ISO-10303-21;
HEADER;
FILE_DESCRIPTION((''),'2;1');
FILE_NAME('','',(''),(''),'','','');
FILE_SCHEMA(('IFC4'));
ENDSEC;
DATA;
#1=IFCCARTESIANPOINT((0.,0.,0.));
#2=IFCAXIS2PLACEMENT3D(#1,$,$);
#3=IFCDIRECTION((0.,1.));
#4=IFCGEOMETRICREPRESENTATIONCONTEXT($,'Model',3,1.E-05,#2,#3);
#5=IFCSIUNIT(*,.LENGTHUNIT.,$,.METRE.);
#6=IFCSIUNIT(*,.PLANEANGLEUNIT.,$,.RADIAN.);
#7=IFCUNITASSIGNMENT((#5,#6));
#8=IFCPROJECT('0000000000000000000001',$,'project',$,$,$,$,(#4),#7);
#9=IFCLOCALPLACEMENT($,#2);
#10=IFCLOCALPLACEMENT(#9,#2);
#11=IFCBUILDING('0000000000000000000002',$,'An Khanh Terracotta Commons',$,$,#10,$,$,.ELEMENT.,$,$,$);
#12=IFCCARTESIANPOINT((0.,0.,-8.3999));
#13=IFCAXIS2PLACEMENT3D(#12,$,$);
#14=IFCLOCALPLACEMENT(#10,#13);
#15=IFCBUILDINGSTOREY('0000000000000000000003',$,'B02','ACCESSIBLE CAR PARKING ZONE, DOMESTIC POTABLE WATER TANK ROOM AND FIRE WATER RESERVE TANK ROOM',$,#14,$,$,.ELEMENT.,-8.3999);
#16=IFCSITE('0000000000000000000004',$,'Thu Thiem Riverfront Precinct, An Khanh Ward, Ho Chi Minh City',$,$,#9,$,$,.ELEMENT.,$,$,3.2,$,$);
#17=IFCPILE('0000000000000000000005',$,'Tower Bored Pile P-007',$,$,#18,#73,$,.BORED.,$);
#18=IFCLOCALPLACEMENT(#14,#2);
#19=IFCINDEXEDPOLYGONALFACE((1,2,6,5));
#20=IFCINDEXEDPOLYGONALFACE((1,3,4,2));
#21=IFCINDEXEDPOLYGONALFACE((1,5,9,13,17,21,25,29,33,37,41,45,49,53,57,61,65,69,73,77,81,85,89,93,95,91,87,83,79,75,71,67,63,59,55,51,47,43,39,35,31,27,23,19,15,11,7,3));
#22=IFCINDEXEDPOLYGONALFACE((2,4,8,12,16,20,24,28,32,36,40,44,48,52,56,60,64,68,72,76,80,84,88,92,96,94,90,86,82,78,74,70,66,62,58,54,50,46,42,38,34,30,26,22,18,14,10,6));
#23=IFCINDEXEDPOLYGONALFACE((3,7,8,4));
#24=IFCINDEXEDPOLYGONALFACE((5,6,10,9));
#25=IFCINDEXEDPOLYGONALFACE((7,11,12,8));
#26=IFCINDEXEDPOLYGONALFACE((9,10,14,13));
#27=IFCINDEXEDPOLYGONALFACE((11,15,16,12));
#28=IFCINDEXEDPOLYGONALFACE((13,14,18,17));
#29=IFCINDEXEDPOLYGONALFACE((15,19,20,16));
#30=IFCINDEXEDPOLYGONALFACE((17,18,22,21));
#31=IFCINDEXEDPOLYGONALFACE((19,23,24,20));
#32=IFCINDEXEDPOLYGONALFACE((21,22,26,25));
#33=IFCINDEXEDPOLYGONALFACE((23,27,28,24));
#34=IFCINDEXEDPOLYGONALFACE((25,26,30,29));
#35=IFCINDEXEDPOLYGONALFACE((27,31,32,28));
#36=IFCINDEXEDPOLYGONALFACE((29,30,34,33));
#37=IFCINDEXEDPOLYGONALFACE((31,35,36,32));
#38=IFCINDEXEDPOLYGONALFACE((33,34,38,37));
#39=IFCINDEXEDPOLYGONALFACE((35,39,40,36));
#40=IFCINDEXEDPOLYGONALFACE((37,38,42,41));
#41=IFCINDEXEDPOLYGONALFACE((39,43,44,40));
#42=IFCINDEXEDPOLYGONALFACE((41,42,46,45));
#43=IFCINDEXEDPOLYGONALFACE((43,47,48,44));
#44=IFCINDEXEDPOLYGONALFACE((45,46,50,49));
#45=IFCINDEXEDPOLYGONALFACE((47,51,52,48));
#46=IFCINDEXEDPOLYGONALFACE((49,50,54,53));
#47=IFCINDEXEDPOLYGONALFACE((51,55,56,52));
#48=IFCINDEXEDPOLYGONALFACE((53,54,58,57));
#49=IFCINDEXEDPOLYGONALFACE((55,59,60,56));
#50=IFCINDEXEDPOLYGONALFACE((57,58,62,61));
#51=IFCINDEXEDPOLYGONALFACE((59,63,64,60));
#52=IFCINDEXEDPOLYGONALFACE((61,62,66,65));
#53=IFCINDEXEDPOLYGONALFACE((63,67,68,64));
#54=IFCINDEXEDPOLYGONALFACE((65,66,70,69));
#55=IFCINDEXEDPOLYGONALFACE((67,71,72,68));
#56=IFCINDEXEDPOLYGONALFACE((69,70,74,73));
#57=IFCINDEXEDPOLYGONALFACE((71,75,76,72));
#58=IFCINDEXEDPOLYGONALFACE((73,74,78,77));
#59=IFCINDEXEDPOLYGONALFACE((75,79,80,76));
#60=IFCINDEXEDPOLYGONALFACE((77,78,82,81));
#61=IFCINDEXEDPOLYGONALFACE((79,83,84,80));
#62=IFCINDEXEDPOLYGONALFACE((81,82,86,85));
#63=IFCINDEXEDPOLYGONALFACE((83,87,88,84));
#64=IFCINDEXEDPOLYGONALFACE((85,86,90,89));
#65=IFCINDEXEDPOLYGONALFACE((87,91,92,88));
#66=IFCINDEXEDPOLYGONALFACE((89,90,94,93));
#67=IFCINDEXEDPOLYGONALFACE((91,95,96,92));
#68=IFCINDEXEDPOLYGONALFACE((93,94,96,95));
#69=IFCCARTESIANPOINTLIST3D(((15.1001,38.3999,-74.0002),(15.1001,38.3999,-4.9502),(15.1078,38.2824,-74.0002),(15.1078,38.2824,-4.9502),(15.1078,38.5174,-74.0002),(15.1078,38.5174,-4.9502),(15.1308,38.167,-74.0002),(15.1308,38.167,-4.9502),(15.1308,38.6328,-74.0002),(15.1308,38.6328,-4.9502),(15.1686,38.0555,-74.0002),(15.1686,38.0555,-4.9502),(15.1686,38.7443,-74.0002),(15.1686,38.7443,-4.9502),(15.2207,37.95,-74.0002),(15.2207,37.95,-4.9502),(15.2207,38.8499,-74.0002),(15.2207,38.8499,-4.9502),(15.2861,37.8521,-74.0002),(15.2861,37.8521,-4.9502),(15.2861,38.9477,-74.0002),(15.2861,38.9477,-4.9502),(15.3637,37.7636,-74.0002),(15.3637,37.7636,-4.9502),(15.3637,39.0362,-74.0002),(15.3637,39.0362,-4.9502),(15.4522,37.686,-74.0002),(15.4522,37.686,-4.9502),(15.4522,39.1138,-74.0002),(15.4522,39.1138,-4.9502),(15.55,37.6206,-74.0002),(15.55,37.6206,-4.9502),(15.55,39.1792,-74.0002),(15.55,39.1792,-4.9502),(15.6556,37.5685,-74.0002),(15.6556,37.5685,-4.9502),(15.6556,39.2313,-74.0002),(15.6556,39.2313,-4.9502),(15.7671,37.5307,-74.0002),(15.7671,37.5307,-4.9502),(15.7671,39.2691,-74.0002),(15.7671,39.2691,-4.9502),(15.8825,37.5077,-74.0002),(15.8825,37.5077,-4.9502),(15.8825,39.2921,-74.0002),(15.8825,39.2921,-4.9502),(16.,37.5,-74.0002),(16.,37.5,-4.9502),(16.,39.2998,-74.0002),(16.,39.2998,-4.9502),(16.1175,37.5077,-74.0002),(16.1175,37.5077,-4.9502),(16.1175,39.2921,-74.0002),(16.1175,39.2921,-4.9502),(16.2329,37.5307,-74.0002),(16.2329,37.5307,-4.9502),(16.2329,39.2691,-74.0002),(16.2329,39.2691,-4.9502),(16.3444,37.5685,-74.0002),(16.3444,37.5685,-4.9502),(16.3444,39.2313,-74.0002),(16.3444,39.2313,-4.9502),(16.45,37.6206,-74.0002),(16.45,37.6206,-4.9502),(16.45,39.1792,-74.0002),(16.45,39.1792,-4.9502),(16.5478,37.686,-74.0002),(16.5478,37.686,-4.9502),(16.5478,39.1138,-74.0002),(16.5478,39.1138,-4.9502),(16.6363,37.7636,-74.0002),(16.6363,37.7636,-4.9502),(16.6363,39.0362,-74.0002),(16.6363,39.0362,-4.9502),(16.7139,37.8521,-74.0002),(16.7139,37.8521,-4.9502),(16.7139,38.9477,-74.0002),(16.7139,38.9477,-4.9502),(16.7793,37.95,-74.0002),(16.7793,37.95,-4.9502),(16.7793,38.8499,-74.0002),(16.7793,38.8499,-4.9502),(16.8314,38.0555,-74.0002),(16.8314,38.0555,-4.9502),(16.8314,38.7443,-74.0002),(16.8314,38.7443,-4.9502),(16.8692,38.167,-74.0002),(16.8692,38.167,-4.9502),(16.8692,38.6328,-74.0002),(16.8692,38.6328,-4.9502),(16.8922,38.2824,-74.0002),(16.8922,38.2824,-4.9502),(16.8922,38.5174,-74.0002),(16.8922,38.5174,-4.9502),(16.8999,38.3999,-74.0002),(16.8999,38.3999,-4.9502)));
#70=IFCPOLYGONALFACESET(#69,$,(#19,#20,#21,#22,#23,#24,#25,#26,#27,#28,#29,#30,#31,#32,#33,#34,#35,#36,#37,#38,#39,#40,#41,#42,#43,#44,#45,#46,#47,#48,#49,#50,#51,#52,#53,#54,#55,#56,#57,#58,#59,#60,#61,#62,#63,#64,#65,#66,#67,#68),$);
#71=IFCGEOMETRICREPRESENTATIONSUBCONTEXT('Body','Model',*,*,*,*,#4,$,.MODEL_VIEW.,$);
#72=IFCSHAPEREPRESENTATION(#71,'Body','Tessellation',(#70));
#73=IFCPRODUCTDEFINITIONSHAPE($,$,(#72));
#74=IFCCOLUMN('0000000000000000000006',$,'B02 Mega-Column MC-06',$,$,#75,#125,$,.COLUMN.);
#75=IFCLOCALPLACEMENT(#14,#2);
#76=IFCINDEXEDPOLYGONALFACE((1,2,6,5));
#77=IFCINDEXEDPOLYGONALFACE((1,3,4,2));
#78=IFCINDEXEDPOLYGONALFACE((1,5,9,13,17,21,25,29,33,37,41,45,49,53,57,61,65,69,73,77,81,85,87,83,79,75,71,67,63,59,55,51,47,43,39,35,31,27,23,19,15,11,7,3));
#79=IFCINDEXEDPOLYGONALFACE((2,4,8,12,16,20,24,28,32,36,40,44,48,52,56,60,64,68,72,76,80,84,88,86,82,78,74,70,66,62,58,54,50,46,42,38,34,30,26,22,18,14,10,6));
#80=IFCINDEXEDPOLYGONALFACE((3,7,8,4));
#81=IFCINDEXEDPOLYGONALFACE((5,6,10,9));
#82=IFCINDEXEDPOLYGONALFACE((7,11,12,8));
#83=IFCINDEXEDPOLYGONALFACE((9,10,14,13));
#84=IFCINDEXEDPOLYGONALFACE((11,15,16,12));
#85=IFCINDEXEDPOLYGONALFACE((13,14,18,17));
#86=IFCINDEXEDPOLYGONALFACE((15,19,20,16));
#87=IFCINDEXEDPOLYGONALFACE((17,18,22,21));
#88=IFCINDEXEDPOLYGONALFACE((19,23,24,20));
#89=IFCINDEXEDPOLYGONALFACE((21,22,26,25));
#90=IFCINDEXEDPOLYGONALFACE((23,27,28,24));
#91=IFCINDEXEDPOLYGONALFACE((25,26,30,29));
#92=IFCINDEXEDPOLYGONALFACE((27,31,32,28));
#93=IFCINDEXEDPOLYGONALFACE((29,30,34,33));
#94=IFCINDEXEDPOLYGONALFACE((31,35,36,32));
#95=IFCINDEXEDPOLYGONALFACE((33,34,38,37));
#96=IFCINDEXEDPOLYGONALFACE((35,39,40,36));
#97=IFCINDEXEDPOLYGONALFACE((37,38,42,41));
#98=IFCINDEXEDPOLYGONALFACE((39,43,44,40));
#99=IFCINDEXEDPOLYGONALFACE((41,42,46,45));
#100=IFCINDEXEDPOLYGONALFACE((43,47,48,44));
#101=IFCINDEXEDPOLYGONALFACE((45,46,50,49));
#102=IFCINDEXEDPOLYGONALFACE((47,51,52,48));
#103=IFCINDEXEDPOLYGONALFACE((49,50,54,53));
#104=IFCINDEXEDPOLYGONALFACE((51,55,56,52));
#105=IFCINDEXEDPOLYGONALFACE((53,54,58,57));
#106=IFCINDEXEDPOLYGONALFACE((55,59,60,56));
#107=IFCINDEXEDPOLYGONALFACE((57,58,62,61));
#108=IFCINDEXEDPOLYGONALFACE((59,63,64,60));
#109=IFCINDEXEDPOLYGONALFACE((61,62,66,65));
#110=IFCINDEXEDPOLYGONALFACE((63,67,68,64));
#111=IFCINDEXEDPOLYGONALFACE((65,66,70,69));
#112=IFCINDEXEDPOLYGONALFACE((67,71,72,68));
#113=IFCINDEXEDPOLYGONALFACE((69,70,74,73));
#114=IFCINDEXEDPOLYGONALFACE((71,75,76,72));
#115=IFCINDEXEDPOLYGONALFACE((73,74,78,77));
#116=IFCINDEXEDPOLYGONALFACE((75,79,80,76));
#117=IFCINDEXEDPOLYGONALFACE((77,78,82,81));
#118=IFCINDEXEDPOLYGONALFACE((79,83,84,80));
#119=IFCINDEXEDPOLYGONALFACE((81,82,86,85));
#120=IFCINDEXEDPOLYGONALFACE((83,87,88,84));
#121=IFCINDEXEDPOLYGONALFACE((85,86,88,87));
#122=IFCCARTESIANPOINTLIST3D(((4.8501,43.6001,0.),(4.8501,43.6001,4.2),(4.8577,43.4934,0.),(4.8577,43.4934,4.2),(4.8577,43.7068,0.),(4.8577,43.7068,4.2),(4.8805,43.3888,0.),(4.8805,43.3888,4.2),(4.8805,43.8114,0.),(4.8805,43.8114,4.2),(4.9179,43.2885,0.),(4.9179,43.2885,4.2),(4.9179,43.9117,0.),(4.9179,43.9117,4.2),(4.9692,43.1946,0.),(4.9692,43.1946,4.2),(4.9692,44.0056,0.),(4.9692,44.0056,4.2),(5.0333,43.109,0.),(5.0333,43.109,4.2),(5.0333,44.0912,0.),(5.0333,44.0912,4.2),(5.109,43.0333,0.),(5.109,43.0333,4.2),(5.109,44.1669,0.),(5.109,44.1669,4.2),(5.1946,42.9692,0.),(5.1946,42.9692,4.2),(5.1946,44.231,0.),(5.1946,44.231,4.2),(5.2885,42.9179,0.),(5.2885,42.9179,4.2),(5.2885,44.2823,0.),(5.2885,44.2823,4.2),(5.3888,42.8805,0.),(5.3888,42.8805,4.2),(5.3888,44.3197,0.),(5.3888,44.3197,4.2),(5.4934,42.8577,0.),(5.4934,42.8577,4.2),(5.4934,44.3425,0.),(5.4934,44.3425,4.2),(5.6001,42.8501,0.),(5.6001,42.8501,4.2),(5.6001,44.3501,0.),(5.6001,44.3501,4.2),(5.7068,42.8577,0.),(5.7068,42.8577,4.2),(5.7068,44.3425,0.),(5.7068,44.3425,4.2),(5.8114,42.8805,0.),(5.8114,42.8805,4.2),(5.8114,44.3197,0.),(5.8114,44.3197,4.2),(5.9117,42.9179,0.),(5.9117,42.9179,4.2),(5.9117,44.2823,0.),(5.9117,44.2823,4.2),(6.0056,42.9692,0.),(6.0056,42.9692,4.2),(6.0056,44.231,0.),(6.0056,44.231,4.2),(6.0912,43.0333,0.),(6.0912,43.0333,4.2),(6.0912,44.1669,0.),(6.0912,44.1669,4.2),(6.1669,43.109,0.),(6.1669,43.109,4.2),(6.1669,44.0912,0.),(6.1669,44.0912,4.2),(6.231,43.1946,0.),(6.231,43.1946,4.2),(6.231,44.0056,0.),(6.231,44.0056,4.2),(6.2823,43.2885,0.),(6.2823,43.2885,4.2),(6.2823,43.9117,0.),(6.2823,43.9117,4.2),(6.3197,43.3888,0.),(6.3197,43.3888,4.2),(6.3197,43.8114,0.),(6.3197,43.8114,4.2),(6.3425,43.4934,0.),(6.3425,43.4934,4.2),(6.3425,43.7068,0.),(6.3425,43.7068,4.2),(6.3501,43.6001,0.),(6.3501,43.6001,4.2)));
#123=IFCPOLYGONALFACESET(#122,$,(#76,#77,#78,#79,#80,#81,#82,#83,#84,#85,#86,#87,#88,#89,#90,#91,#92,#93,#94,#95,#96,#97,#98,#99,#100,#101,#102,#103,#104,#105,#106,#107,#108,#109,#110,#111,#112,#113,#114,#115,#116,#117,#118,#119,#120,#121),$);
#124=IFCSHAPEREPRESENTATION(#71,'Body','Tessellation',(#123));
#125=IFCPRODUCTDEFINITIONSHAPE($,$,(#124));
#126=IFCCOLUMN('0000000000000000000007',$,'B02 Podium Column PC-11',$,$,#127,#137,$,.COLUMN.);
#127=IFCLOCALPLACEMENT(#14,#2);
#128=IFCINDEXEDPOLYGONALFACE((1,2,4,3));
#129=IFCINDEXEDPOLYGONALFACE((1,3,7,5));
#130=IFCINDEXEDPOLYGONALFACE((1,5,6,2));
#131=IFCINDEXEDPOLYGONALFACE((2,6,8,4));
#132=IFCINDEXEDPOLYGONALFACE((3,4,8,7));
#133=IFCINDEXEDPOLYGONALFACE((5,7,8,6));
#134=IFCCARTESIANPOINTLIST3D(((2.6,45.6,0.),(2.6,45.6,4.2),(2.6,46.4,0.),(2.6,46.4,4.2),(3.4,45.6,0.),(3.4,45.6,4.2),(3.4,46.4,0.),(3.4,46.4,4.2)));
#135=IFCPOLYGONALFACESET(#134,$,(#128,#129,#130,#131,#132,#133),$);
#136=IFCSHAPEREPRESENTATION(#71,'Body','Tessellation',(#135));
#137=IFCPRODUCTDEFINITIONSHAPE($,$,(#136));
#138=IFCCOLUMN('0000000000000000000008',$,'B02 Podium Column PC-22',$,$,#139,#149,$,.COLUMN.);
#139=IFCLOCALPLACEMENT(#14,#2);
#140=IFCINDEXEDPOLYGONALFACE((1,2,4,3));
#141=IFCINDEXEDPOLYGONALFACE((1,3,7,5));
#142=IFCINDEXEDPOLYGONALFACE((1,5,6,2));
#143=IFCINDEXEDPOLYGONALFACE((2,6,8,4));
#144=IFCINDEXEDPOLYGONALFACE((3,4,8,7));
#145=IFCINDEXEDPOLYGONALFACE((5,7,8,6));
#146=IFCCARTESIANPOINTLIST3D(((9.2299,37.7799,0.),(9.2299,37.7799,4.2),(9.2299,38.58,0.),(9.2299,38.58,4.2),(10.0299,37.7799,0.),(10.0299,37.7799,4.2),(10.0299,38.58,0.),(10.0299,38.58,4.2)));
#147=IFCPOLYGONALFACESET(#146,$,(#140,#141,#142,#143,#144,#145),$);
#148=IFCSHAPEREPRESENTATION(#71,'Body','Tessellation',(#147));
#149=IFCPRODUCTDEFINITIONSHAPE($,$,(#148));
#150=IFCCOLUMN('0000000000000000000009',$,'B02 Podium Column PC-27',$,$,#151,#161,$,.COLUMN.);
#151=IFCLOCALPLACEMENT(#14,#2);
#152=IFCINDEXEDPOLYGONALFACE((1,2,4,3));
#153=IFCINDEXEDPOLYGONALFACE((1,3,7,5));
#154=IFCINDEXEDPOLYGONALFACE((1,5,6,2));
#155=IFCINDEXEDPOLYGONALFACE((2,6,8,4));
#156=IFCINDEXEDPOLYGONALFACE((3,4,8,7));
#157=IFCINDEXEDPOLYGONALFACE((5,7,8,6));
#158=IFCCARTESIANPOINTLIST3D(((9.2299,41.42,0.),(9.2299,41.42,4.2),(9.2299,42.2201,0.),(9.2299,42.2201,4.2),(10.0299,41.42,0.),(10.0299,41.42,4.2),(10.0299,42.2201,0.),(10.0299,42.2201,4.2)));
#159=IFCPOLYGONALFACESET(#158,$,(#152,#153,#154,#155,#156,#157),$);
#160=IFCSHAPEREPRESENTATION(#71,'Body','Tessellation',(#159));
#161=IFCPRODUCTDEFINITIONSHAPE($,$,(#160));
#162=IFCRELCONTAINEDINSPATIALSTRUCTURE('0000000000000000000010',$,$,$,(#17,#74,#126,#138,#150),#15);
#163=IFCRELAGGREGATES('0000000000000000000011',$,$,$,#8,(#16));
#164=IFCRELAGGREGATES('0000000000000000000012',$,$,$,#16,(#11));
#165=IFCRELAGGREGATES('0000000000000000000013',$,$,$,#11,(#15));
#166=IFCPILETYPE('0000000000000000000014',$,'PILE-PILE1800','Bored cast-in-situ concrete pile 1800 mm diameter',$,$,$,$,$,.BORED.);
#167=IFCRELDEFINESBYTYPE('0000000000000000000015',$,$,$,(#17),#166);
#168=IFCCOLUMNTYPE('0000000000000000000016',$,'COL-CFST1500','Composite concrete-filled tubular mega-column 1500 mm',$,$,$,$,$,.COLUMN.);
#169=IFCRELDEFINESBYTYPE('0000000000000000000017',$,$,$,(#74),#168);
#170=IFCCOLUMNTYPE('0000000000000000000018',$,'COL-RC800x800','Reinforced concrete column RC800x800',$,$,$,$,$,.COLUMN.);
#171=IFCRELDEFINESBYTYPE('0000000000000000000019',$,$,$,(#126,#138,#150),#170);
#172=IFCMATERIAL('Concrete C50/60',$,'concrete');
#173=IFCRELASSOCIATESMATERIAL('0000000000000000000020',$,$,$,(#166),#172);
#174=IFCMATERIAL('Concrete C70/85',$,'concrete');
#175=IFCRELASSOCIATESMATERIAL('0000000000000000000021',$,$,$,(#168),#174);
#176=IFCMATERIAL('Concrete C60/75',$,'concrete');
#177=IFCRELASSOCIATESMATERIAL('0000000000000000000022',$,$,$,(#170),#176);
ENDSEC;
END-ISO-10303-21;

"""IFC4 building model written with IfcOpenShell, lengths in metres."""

from ifc_helpers import new_model, si_unit, direction, frame, origin, origin_2d, place, context, subcontext, project, spatial, rectangle, circle, extrude, material, material_profile, profile_set, type_object, element, save


model = new_model("IFC4")

# Units and contexts
model_context = context("Model", 3, precision=1e-05, world=origin(), true_north=direction((0.0, 1.0)))
body_context = subcontext(model_context, "Body", "Model", "MODEL_VIEW")
ifc_project = project(units=[si_unit("LENGTHUNIT", "METRE"), si_unit("PLANEANGLEUNIT", "RADIAN")], contexts=[model_context])

# Site, building, storey
site_placement = place(None, origin())
site = spatial("IfcSite", under=ifc_project, at=site_placement, Name="Thu Thiem Riverfront Precinct, An Khanh Ward, Ho Chi Minh City", CompositionType="ELEMENT", RefElevation=3.2)
building_placement = place(site_placement, origin())
building = spatial("IfcBuilding", under=site, at=building_placement, Name="An Khanh Terracotta Commons", CompositionType="ELEMENT")
storey_placement = place(building_placement, frame((0.0, 0.0, -8.3999)))
storey = spatial("IfcBuildingStorey", under=building, at=storey_placement, Name="B02", Description="ACCESSIBLE CAR PARKING ZONE, DOMESTIC POTABLE WATER TANK ROOM AND FIRE WATER RESERVE TANK ROOM", CompositionType="ELEMENT", Elevation=-8.3999)

# Shared definitions
ifc_material_1 = material(Name="Concrete C50/60", Category="concrete")

# Pile
ifc_material_profile_1 = material_profile(ifc_material_1, circle(Radius=0.8999, at=origin_2d()), Name="PILE1800")
ifc_profile_set_1 = profile_set([ifc_material_profile_1], Name="Concrete C50/60")
pile_type_1 = type_object("IfcPileType", Name="PILE-PILE1800", Description="Bored cast-in-situ concrete pile 1800 mm diameter", PredefinedType="BORED", material=ifc_profile_set_1)
for number, where, z_axis, x_axis, name in (
    (1, (16.0, 38.3999, -4.9502), (0.0, 0.0, -1.0), (1.0, 0.0, 0.0), "Tower Bored Pile P-007"),
):
    element("IfcPile", number, at=place(storey_placement, frame(where, z_axis=z_axis, x_axis=x_axis)), inside=storey, type_object=pile_type_1, Name=name, PredefinedType="BORED", context=body_context, shape_type="SweptSolid", body=[
        extrude(circle(Radius=0.8999, at=origin_2d()), origin(), (0.0, 0.0, 1.0), 69.05),
    ])

# Columns
ifc_material_2 = material(Name="Concrete C70/85", Category="concrete")
ifc_material_profile_2 = material_profile(ifc_material_2, circle(Radius=0.75, at=origin_2d()), Name="CFST1500")
ifc_profile_set_2 = profile_set([ifc_material_profile_2], Name="Concrete C70/85")
column_type_1 = type_object("IfcColumnType", Name="COL-CFST1500", Description="Composite concrete-filled tubular mega-column 1500 mm", PredefinedType="COLUMN", material=ifc_profile_set_2)
column_placement = place(storey_placement, frame((5.6001, 43.6001, 0.0), z_axis=(0.0, 0.0, 1.0), x_axis=(1.0, 0.0, 0.0)))
element("IfcColumn", 2, at=column_placement, inside=storey, type_object=column_type_1, Name="B02 Mega-Column MC-06", PredefinedType="COLUMN", context=body_context, shape_type="SweptSolid", body=[
    extrude(circle(Radius=0.75, at=origin_2d()), origin(), (0.0, 0.0, 1.0), 4.2),
])
ifc_material_3 = material(Name="Concrete C60/75", Category="concrete")
ifc_material_profile_3 = material_profile(ifc_material_3, rectangle(XDim=0.8, YDim=0.8, at=origin_2d()), Name="RC800x800")
ifc_profile_set_3 = profile_set([ifc_material_profile_3], Name="Concrete C60/75")
column_type_2 = type_object("IfcColumnType", Name="COL-RC800x800", Description="Reinforced concrete column RC800x800", PredefinedType="COLUMN", material=ifc_profile_set_3)
for number, where, z_axis, x_axis, name in (
    (3, (3.0, 46.0, 0.0), (0.0, 0.0, 1.0), (1.0, 0.0, 0.0), "B02 Podium Column PC-11"),
    (4, (9.6299, 38.1799, 0.0), (0.0, 0.0, 1.0), (1.0, 0.0, 0.0), "B02 Podium Column PC-22"),
    (5, (9.6299, 41.8201, 0.0), (0.0, 0.0, 1.0), (1.0, 0.0, 0.0), "B02 Podium Column PC-27"),
):
    element("IfcColumn", number, at=place(storey_placement, frame(where, z_axis=z_axis, x_axis=x_axis)), inside=storey, type_object=column_type_2, Name=name, PredefinedType="COLUMN", context=body_context, shape_type="SweptSolid", body=[
        extrude(rectangle(XDim=0.8, YDim=0.8, at=origin_2d()), origin(), (0.0, 0.0, 1.0), 4.2),
    ])

save(model, "model.ifc")
